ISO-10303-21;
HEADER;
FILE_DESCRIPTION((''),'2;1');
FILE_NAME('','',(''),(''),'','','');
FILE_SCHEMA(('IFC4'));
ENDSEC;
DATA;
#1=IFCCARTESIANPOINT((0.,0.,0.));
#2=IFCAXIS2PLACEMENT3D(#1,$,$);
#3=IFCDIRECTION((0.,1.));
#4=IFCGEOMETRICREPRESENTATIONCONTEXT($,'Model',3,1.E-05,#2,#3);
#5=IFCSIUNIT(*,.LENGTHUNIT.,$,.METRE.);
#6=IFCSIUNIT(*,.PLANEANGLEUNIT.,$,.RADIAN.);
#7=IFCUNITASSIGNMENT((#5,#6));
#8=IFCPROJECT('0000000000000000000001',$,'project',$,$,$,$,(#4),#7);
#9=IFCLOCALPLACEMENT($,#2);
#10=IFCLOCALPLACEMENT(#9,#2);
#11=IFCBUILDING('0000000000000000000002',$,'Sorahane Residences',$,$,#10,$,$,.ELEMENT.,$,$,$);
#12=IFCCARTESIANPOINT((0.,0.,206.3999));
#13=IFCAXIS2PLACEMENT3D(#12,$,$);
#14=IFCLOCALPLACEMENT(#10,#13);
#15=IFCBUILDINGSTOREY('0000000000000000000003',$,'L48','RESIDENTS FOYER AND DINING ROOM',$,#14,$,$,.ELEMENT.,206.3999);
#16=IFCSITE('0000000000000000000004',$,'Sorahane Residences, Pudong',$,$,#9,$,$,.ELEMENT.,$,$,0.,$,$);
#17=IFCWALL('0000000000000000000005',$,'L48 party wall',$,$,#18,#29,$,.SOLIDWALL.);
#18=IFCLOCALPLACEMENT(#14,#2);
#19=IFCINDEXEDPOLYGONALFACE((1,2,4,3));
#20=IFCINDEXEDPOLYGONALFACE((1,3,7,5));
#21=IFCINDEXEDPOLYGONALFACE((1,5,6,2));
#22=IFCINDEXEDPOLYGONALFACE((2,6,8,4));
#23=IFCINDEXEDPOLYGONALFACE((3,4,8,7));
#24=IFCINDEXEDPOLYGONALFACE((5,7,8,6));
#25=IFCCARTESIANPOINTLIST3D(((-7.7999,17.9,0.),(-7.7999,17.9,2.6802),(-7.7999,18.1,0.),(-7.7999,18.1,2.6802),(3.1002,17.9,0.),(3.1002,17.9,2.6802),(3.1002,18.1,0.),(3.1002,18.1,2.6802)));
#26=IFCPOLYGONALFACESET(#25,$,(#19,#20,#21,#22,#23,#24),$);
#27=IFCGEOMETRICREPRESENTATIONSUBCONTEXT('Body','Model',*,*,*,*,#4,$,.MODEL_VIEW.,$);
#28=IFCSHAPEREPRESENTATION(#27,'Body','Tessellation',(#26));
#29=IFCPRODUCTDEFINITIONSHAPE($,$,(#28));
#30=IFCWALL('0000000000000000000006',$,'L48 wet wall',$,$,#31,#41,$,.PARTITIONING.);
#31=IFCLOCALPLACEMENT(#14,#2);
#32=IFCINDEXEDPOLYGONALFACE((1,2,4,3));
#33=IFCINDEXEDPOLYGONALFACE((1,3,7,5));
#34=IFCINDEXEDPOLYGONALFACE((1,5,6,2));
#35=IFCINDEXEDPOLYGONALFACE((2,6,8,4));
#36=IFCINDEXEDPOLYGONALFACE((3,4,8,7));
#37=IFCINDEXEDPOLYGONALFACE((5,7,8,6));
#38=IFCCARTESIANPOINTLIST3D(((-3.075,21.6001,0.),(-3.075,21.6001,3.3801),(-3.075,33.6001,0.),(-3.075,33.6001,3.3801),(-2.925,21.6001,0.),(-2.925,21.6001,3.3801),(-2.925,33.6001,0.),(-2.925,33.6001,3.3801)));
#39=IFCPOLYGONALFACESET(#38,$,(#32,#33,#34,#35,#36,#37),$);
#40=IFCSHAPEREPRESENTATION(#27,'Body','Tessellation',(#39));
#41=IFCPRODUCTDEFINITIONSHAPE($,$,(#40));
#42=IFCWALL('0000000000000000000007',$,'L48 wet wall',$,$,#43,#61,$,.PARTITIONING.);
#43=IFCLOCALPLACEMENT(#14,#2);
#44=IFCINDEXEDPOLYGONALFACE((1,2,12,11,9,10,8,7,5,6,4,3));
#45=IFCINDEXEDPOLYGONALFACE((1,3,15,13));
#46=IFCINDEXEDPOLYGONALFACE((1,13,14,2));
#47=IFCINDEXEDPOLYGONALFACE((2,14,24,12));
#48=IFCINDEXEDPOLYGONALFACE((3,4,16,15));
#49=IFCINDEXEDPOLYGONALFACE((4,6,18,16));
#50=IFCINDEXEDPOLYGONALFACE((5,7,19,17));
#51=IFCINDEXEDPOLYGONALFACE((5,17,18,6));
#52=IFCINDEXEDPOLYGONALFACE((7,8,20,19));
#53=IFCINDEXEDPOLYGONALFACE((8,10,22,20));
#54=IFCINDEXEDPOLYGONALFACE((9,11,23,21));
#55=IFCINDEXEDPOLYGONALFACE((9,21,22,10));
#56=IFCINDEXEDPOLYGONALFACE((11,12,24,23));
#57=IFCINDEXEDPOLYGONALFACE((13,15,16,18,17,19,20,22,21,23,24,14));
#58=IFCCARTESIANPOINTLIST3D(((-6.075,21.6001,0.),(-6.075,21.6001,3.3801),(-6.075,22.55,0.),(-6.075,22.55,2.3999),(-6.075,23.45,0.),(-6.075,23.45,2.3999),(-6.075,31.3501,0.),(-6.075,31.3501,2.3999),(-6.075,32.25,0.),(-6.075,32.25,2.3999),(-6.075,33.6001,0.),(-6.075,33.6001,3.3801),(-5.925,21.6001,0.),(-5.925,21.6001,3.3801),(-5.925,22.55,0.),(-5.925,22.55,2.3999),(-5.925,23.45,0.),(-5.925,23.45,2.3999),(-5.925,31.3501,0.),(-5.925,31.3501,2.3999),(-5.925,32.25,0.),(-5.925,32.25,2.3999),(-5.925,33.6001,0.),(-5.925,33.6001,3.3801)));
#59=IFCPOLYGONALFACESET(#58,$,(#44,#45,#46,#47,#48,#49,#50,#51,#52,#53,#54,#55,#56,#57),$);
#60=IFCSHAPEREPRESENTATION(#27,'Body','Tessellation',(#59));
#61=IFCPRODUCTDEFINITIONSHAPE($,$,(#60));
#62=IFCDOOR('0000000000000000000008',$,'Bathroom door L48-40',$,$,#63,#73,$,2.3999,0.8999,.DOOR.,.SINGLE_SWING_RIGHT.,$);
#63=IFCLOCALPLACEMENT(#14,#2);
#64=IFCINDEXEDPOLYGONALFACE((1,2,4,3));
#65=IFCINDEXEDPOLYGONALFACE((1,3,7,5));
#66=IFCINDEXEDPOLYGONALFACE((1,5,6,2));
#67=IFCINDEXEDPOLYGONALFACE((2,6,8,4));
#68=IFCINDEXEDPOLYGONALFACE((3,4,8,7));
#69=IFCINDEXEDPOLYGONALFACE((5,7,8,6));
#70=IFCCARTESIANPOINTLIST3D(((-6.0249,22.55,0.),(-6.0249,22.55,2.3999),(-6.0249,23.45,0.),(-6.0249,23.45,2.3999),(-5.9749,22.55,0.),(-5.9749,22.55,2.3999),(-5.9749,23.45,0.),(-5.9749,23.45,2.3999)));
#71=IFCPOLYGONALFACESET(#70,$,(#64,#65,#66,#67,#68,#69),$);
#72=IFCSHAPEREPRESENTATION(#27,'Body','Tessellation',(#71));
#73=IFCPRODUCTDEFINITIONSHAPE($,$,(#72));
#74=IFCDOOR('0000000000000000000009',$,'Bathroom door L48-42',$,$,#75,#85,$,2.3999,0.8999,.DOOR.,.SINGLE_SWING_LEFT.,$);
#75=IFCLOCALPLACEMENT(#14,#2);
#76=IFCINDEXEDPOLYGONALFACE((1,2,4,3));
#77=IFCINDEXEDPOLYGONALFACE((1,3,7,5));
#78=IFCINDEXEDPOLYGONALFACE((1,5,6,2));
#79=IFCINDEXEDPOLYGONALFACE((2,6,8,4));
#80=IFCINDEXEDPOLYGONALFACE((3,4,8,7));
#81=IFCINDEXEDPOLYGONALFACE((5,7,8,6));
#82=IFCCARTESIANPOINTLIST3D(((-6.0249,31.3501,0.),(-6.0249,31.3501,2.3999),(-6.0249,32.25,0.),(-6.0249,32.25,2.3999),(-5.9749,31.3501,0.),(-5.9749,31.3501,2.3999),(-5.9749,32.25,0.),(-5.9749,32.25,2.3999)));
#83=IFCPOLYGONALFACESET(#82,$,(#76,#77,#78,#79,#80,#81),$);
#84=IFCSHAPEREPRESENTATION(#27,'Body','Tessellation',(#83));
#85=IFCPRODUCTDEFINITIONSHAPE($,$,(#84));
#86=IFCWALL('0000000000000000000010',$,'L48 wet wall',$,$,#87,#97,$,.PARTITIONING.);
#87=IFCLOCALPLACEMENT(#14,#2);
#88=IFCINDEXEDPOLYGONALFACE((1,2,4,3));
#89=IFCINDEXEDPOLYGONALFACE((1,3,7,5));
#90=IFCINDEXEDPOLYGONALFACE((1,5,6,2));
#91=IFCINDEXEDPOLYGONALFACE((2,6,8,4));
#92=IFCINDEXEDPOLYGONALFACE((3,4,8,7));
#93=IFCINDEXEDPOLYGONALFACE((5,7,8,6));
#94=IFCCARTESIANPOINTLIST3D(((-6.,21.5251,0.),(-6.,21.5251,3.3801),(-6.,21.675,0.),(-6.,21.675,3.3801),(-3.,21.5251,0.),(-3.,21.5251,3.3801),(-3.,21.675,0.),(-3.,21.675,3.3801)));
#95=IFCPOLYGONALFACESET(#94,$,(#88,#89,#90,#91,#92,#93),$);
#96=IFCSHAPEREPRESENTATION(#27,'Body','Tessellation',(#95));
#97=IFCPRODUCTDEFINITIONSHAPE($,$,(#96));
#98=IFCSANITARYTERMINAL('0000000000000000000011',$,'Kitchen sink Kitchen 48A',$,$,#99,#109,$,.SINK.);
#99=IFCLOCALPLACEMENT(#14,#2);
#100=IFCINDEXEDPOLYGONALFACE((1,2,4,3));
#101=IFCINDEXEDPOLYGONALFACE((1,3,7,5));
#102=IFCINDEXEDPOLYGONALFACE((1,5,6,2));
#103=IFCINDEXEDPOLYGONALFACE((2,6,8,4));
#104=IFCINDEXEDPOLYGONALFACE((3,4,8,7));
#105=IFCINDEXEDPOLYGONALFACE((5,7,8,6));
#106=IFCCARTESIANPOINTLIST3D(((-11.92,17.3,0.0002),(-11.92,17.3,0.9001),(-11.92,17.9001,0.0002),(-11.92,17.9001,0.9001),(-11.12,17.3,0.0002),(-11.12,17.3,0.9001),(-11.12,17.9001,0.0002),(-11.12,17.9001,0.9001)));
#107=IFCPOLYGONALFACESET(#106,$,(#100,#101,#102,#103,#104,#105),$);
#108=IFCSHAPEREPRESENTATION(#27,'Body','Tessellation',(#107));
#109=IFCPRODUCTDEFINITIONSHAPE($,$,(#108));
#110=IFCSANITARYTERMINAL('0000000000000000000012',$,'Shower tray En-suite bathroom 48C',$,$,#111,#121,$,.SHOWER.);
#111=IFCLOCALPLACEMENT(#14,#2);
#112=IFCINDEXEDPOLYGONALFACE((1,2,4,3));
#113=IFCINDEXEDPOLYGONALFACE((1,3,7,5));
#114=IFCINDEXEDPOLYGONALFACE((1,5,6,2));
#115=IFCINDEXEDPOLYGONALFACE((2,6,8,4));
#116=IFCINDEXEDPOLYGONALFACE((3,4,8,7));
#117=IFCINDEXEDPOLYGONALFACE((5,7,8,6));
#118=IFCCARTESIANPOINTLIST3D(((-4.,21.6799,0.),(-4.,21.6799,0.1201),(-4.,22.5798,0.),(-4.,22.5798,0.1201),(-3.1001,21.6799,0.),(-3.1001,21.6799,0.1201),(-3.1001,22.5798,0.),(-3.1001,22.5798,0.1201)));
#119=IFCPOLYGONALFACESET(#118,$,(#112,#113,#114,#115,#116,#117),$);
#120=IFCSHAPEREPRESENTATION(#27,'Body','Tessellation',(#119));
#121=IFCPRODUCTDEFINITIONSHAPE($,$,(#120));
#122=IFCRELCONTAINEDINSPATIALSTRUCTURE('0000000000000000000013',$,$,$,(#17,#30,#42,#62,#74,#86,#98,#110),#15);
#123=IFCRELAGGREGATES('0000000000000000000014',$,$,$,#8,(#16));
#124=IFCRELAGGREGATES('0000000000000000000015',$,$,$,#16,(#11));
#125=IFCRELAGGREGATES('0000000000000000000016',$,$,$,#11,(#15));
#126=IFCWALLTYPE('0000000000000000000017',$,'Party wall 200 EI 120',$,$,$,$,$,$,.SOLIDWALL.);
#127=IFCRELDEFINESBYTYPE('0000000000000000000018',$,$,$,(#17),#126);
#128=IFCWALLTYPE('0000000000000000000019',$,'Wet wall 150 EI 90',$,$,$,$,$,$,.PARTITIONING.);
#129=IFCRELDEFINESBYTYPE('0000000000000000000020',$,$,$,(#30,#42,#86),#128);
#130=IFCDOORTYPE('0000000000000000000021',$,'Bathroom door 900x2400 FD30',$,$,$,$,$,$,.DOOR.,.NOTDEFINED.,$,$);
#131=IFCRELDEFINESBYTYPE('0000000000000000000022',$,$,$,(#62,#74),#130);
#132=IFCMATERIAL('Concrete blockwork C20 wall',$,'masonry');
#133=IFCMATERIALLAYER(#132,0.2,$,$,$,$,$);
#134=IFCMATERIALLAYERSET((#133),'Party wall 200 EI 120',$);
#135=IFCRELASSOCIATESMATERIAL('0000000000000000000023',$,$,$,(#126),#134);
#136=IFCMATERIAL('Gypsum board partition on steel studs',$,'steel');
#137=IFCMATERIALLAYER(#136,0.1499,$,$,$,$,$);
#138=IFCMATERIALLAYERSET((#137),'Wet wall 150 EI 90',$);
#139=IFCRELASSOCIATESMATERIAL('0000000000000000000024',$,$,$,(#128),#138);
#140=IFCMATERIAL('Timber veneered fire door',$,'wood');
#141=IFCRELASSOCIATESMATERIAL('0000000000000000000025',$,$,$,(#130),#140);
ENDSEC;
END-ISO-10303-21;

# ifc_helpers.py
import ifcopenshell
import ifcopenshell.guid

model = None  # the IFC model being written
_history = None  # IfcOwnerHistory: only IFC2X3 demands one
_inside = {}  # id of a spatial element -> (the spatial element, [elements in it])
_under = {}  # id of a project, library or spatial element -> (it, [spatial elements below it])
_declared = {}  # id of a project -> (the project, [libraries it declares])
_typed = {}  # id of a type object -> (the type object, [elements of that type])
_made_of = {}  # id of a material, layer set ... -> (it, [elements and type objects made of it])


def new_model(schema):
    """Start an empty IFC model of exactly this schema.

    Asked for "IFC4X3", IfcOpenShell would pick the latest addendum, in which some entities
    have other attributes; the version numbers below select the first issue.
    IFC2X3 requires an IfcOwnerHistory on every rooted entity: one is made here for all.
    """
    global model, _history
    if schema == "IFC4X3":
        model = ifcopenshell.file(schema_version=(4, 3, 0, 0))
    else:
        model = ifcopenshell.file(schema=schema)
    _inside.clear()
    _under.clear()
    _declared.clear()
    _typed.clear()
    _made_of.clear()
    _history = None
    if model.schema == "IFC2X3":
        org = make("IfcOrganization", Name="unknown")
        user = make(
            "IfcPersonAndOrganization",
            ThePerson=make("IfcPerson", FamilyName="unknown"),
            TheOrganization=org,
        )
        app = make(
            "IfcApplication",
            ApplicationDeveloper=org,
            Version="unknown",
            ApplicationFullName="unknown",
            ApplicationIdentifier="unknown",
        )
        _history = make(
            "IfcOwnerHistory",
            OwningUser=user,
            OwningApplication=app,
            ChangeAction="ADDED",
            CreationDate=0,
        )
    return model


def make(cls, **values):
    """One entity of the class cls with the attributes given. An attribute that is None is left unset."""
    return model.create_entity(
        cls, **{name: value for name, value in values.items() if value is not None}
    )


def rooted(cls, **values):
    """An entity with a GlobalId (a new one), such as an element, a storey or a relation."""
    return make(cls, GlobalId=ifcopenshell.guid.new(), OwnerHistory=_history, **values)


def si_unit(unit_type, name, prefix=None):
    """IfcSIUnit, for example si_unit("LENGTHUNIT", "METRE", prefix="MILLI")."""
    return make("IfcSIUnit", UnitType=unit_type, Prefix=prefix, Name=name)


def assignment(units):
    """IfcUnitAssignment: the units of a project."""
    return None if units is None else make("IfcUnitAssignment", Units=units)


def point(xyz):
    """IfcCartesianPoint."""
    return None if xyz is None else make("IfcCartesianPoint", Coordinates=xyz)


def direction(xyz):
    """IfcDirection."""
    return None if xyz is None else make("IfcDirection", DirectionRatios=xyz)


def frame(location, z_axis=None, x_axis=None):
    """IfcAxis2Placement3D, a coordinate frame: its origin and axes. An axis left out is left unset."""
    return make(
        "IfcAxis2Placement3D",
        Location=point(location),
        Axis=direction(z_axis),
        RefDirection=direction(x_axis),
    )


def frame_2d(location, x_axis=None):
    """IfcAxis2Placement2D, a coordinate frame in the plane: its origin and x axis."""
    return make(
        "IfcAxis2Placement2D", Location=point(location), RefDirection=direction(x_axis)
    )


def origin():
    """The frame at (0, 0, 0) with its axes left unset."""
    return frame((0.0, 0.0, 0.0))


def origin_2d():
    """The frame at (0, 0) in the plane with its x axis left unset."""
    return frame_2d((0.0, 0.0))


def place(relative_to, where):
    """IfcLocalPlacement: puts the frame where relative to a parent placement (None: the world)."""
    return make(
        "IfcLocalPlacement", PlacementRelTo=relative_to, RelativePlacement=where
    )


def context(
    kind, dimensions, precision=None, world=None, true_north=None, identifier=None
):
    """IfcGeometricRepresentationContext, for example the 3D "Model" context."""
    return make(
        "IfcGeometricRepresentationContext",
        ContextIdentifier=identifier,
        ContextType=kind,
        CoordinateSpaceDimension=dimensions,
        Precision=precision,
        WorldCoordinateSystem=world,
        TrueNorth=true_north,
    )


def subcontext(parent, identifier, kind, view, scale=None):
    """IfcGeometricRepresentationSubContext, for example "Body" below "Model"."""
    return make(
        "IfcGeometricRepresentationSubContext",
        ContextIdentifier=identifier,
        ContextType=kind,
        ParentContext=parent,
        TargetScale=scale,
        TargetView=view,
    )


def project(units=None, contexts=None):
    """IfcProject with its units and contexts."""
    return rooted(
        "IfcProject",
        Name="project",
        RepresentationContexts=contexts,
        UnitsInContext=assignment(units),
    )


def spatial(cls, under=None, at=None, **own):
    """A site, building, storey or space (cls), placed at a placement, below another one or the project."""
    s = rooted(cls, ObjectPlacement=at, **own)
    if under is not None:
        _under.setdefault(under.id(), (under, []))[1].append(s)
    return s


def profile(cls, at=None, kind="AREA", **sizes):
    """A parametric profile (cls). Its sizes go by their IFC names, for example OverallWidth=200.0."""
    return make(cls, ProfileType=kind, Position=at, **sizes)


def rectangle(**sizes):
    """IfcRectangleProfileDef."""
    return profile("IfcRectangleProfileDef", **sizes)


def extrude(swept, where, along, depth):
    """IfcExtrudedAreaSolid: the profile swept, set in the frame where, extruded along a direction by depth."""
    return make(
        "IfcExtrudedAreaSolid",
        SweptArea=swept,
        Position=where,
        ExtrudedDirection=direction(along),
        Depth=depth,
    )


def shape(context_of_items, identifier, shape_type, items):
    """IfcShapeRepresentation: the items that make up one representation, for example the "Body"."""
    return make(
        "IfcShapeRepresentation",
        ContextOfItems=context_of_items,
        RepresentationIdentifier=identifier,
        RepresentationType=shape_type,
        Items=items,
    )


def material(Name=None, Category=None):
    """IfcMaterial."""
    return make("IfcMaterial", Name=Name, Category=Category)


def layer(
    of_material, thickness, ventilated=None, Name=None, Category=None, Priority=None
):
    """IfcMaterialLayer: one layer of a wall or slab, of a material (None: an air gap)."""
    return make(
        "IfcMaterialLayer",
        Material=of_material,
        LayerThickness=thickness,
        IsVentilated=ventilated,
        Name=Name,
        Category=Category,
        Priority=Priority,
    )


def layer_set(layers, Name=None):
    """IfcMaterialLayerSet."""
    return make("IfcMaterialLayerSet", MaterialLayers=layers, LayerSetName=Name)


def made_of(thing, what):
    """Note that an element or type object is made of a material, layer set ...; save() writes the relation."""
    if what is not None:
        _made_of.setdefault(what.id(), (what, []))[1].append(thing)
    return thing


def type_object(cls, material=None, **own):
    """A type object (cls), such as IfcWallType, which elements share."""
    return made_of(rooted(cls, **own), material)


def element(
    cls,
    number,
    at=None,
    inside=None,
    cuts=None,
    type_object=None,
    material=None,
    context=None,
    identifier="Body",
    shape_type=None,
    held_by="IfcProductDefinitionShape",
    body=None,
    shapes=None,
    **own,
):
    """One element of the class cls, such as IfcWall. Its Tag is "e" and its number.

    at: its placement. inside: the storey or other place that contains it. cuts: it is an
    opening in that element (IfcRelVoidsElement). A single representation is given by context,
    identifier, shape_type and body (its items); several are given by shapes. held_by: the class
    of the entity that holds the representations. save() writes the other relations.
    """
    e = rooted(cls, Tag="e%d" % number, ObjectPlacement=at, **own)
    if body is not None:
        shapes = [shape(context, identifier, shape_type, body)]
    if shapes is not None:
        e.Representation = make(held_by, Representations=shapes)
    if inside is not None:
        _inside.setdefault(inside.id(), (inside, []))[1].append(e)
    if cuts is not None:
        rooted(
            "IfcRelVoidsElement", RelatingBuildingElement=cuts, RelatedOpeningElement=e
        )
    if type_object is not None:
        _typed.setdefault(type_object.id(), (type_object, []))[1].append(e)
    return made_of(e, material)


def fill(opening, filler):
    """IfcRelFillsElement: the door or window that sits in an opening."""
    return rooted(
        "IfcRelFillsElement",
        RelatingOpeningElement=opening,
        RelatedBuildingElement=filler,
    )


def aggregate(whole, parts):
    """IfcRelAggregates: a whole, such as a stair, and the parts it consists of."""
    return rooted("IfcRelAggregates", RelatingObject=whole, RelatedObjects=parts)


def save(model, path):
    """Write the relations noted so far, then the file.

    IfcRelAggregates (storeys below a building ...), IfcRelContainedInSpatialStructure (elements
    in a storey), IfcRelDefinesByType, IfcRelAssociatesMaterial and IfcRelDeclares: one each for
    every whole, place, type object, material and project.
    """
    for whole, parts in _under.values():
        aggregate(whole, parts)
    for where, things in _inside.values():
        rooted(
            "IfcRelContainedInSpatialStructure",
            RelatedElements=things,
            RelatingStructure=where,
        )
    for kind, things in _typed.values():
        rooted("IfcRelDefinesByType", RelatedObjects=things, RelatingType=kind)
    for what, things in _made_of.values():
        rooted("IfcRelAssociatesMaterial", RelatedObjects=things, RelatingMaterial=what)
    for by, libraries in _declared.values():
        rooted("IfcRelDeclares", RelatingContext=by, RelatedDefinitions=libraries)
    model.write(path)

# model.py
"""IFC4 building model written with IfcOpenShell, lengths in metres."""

from ifc_helpers import new_model, si_unit, direction, frame, frame_2d, origin, origin_2d, place, context, subcontext, project, spatial, rectangle, extrude, material, layer, layer_set, type_object, element, fill, save


model = new_model("IFC4")

# Units and contexts
model_context = context("Model", 3, precision=1e-05, world=origin(), true_north=direction((0.0, 1.0)))
body_context = subcontext(model_context, "Body", "Model", "MODEL_VIEW")
ifc_project = project(units=[si_unit("LENGTHUNIT", "METRE"), si_unit("PLANEANGLEUNIT", "RADIAN")], contexts=[model_context])

# Site, building, storey
site_placement = place(None, origin())
site = spatial("IfcSite", under=ifc_project, at=site_placement, Name="Sorahane Residences, Pudong", CompositionType="ELEMENT", RefElevation=0.0)
building_placement = place(site_placement, origin())
building = spatial("IfcBuilding", under=site, at=building_placement, Name="Sorahane Residences", CompositionType="ELEMENT")
storey_placement = place(building_placement, frame((0.0, 0.0, 206.3999)))
storey = spatial("IfcBuildingStorey", under=building, at=storey_placement, Name="L48", Description="RESIDENTS FOYER AND DINING ROOM", CompositionType="ELEMENT", Elevation=206.3999)

# Walls
ifc_material_1 = material(Name="Concrete blockwork C20 wall", Category="masonry")
ifc_layer_1 = layer(ifc_material_1, 0.2)
ifc_layer_set_1 = layer_set([ifc_layer_1], Name="Party wall 200 EI 120")
wall_type_1 = type_object("IfcWallType", Name="Party wall 200 EI 120", PredefinedType="SOLIDWALL", material=ifc_layer_set_1)
wall_1_placement = place(storey_placement, frame((-7.8, 18.0, 0.0), z_axis=(0.0, 0.0, 1.0), x_axis=(1.0, 0.0, 0.0)))
element("IfcWall", 1, at=wall_1_placement, inside=storey, type_object=wall_type_1, Name="L48 party wall", PredefinedType="SOLIDWALL", context=body_context, shape_type="SweptSolid", body=[
    extrude(rectangle(XDim=10.9001, YDim=0.2, at=frame_2d((5.4502, 0.0))), origin(), (0.0, 0.0, 1.0), 2.6802),
])
ifc_material_2 = material(Name="Gypsum board partition on steel studs", Category="steel")
ifc_layer_2 = layer(ifc_material_2, 0.1499)
ifc_layer_set_2 = layer_set([ifc_layer_2], Name="Wet wall 150 EI 90")
wall_type_2 = type_object("IfcWallType", Name="Wet wall 150 EI 90", PredefinedType="PARTITIONING", material=ifc_layer_set_2)
wall_2_placement = place(storey_placement, frame((-3.0, 21.6001, 0.0), z_axis=(0.0, 0.0, 1.0), x_axis=(0.0, 1.0, 0.0)))
element("IfcWall", 2, at=wall_2_placement, inside=storey, type_object=wall_type_2, Name="L48 wet wall", PredefinedType="PARTITIONING", context=body_context, shape_type="SweptSolid", body=[
    extrude(rectangle(XDim=12.0, YDim=0.1499, at=frame_2d((6.0, 0.0))), origin(), (0.0, 0.0, 1.0), 3.3801),
])

# Wall, openings, doors
wall_3_placement = place(storey_placement, frame((-6.0, 21.6001, 0.0), z_axis=(0.0, 0.0, 1.0), x_axis=(0.0, 1.0, 0.0)))
wall_3 = element("IfcWall", 3, at=wall_3_placement, inside=storey, type_object=wall_type_2, Name="L48 wet wall", PredefinedType="PARTITIONING", context=body_context, shape_type="SweptSolid", body=[
    extrude(rectangle(XDim=12.0, YDim=0.1499, at=frame_2d((6.0, 0.0))), origin(), (0.0, 0.0, 1.0), 3.3801),
])
opening_1_placement = place(wall_3_placement, frame((0.95, 0.0, 0.0)))
opening_1 = element("IfcOpeningElement", 4, at=opening_1_placement, cuts=wall_3, PredefinedType="OPENING", context=body_context, shape_type="SweptSolid", body=[
    extrude(rectangle(XDim=0.8999, YDim=2.3999, at=frame_2d((0.45, 1.2))), frame((0.0, 0.085, 0.0), z_axis=(0.0, -1.0, 0.0), x_axis=(1.0, 0.0, 0.0)), (0.0, 0.0, 1.0), 0.1699),
])
opening_2_placement = place(wall_3_placement, frame((9.75, 0.0, 0.0)))
opening_2 = element("IfcOpeningElement", 5, at=opening_2_placement, cuts=wall_3, PredefinedType="OPENING", context=body_context, shape_type="SweptSolid", body=[
    extrude(rectangle(XDim=0.8999, YDim=2.3999, at=frame_2d((0.45, 1.2))), frame((0.0, 0.085, 0.0), z_axis=(0.0, -1.0, 0.0), x_axis=(1.0, 0.0, 0.0)), (0.0, 0.0, 1.0), 0.1699),
])
ifc_material_3 = material(Name="Timber veneered fire door", Category="wood")
door_type_1 = type_object("IfcDoorType", Name="Bathroom door 900x2400 FD30", OperationType="NOTDEFINED", PredefinedType="DOOR", material=ifc_material_3)
door_1_placement = place(opening_1_placement, origin())
door_1 = element("IfcDoor", 6, at=door_1_placement, inside=storey, type_object=door_type_1, Name="Bathroom door L48-40", OperationType="SINGLE_SWING_RIGHT", OverallHeight=2.3999, OverallWidth=0.8999, PredefinedType="DOOR", context=body_context, shape_type="SweptSolid", body=[
    extrude(rectangle(XDim=0.8999, YDim=2.3999, at=frame_2d((0.45, 1.2))), frame((0.0, 0.0249, 0.0), z_axis=(0.0, -1.0, 0.0), x_axis=(1.0, 0.0, 0.0)), (0.0, 0.0, 1.0), 0.05),
])
fill(opening_1, door_1)
door_2_placement = place(opening_2_placement, origin())
door_2 = element("IfcDoor", 7, at=door_2_placement, inside=storey, type_object=door_type_1, Name="Bathroom door L48-42", OperationType="SINGLE_SWING_LEFT", OverallHeight=2.3999, OverallWidth=0.8999, PredefinedType="DOOR", context=body_context, shape_type="SweptSolid", body=[
    extrude(rectangle(XDim=0.8999, YDim=2.3999, at=frame_2d((0.45, 1.2))), frame((0.0, 0.0249, 0.0), z_axis=(0.0, -1.0, 0.0), x_axis=(1.0, 0.0, 0.0)), (0.0, 0.0, 1.0), 0.05),
])
fill(opening_2, door_2)

# Wall
wall_4_placement = place(storey_placement, frame((-6.0, 21.6001, 0.0), z_axis=(0.0, 0.0, 1.0), x_axis=(1.0, 0.0, 0.0)))
element("IfcWall", 8, at=wall_4_placement, inside=storey, type_object=wall_type_2, Name="L48 wet wall", PredefinedType="PARTITIONING", context=body_context, shape_type="SweptSolid", body=[
    extrude(rectangle(XDim=3.0, YDim=0.1499, at=frame_2d((1.5, 0.0))), origin(), (0.0, 0.0, 1.0), 3.3801),
])

# Sanitary terminals
sanitary_terminal_1_placement = place(storey_placement, frame((-11.52, 17.6001, 0.0002), z_axis=(0.0, 0.0, 1.0), x_axis=(1.0, 0.0, 0.0)))
element("IfcSanitaryTerminal", 9, at=sanitary_terminal_1_placement, inside=storey, Name="Kitchen sink Kitchen 48A", PredefinedType="SINK", context=body_context, shape_type="SweptSolid", body=[
    extrude(rectangle(XDim=0.8, YDim=0.6001, at=origin_2d()), origin(), (0.0, 0.0, 1.0), 0.8999),
])
sanitary_terminal_2_placement = place(storey_placement, frame((-3.55, 22.1299, 0.0), z_axis=(0.0, 0.0, 1.0), x_axis=(0.0, -1.0, 0.0)))
element("IfcSanitaryTerminal", 10, at=sanitary_terminal_2_placement, inside=storey, Name="Shower tray En-suite bathroom 48C", PredefinedType="SHOWER", context=body_context, shape_type="SweptSolid", body=[
    extrude(rectangle(XDim=0.8999, YDim=0.8999, at=origin_2d()), origin(), (0.0, 0.0, 1.0), 0.1201),
])

save(model, "model.ifc")
